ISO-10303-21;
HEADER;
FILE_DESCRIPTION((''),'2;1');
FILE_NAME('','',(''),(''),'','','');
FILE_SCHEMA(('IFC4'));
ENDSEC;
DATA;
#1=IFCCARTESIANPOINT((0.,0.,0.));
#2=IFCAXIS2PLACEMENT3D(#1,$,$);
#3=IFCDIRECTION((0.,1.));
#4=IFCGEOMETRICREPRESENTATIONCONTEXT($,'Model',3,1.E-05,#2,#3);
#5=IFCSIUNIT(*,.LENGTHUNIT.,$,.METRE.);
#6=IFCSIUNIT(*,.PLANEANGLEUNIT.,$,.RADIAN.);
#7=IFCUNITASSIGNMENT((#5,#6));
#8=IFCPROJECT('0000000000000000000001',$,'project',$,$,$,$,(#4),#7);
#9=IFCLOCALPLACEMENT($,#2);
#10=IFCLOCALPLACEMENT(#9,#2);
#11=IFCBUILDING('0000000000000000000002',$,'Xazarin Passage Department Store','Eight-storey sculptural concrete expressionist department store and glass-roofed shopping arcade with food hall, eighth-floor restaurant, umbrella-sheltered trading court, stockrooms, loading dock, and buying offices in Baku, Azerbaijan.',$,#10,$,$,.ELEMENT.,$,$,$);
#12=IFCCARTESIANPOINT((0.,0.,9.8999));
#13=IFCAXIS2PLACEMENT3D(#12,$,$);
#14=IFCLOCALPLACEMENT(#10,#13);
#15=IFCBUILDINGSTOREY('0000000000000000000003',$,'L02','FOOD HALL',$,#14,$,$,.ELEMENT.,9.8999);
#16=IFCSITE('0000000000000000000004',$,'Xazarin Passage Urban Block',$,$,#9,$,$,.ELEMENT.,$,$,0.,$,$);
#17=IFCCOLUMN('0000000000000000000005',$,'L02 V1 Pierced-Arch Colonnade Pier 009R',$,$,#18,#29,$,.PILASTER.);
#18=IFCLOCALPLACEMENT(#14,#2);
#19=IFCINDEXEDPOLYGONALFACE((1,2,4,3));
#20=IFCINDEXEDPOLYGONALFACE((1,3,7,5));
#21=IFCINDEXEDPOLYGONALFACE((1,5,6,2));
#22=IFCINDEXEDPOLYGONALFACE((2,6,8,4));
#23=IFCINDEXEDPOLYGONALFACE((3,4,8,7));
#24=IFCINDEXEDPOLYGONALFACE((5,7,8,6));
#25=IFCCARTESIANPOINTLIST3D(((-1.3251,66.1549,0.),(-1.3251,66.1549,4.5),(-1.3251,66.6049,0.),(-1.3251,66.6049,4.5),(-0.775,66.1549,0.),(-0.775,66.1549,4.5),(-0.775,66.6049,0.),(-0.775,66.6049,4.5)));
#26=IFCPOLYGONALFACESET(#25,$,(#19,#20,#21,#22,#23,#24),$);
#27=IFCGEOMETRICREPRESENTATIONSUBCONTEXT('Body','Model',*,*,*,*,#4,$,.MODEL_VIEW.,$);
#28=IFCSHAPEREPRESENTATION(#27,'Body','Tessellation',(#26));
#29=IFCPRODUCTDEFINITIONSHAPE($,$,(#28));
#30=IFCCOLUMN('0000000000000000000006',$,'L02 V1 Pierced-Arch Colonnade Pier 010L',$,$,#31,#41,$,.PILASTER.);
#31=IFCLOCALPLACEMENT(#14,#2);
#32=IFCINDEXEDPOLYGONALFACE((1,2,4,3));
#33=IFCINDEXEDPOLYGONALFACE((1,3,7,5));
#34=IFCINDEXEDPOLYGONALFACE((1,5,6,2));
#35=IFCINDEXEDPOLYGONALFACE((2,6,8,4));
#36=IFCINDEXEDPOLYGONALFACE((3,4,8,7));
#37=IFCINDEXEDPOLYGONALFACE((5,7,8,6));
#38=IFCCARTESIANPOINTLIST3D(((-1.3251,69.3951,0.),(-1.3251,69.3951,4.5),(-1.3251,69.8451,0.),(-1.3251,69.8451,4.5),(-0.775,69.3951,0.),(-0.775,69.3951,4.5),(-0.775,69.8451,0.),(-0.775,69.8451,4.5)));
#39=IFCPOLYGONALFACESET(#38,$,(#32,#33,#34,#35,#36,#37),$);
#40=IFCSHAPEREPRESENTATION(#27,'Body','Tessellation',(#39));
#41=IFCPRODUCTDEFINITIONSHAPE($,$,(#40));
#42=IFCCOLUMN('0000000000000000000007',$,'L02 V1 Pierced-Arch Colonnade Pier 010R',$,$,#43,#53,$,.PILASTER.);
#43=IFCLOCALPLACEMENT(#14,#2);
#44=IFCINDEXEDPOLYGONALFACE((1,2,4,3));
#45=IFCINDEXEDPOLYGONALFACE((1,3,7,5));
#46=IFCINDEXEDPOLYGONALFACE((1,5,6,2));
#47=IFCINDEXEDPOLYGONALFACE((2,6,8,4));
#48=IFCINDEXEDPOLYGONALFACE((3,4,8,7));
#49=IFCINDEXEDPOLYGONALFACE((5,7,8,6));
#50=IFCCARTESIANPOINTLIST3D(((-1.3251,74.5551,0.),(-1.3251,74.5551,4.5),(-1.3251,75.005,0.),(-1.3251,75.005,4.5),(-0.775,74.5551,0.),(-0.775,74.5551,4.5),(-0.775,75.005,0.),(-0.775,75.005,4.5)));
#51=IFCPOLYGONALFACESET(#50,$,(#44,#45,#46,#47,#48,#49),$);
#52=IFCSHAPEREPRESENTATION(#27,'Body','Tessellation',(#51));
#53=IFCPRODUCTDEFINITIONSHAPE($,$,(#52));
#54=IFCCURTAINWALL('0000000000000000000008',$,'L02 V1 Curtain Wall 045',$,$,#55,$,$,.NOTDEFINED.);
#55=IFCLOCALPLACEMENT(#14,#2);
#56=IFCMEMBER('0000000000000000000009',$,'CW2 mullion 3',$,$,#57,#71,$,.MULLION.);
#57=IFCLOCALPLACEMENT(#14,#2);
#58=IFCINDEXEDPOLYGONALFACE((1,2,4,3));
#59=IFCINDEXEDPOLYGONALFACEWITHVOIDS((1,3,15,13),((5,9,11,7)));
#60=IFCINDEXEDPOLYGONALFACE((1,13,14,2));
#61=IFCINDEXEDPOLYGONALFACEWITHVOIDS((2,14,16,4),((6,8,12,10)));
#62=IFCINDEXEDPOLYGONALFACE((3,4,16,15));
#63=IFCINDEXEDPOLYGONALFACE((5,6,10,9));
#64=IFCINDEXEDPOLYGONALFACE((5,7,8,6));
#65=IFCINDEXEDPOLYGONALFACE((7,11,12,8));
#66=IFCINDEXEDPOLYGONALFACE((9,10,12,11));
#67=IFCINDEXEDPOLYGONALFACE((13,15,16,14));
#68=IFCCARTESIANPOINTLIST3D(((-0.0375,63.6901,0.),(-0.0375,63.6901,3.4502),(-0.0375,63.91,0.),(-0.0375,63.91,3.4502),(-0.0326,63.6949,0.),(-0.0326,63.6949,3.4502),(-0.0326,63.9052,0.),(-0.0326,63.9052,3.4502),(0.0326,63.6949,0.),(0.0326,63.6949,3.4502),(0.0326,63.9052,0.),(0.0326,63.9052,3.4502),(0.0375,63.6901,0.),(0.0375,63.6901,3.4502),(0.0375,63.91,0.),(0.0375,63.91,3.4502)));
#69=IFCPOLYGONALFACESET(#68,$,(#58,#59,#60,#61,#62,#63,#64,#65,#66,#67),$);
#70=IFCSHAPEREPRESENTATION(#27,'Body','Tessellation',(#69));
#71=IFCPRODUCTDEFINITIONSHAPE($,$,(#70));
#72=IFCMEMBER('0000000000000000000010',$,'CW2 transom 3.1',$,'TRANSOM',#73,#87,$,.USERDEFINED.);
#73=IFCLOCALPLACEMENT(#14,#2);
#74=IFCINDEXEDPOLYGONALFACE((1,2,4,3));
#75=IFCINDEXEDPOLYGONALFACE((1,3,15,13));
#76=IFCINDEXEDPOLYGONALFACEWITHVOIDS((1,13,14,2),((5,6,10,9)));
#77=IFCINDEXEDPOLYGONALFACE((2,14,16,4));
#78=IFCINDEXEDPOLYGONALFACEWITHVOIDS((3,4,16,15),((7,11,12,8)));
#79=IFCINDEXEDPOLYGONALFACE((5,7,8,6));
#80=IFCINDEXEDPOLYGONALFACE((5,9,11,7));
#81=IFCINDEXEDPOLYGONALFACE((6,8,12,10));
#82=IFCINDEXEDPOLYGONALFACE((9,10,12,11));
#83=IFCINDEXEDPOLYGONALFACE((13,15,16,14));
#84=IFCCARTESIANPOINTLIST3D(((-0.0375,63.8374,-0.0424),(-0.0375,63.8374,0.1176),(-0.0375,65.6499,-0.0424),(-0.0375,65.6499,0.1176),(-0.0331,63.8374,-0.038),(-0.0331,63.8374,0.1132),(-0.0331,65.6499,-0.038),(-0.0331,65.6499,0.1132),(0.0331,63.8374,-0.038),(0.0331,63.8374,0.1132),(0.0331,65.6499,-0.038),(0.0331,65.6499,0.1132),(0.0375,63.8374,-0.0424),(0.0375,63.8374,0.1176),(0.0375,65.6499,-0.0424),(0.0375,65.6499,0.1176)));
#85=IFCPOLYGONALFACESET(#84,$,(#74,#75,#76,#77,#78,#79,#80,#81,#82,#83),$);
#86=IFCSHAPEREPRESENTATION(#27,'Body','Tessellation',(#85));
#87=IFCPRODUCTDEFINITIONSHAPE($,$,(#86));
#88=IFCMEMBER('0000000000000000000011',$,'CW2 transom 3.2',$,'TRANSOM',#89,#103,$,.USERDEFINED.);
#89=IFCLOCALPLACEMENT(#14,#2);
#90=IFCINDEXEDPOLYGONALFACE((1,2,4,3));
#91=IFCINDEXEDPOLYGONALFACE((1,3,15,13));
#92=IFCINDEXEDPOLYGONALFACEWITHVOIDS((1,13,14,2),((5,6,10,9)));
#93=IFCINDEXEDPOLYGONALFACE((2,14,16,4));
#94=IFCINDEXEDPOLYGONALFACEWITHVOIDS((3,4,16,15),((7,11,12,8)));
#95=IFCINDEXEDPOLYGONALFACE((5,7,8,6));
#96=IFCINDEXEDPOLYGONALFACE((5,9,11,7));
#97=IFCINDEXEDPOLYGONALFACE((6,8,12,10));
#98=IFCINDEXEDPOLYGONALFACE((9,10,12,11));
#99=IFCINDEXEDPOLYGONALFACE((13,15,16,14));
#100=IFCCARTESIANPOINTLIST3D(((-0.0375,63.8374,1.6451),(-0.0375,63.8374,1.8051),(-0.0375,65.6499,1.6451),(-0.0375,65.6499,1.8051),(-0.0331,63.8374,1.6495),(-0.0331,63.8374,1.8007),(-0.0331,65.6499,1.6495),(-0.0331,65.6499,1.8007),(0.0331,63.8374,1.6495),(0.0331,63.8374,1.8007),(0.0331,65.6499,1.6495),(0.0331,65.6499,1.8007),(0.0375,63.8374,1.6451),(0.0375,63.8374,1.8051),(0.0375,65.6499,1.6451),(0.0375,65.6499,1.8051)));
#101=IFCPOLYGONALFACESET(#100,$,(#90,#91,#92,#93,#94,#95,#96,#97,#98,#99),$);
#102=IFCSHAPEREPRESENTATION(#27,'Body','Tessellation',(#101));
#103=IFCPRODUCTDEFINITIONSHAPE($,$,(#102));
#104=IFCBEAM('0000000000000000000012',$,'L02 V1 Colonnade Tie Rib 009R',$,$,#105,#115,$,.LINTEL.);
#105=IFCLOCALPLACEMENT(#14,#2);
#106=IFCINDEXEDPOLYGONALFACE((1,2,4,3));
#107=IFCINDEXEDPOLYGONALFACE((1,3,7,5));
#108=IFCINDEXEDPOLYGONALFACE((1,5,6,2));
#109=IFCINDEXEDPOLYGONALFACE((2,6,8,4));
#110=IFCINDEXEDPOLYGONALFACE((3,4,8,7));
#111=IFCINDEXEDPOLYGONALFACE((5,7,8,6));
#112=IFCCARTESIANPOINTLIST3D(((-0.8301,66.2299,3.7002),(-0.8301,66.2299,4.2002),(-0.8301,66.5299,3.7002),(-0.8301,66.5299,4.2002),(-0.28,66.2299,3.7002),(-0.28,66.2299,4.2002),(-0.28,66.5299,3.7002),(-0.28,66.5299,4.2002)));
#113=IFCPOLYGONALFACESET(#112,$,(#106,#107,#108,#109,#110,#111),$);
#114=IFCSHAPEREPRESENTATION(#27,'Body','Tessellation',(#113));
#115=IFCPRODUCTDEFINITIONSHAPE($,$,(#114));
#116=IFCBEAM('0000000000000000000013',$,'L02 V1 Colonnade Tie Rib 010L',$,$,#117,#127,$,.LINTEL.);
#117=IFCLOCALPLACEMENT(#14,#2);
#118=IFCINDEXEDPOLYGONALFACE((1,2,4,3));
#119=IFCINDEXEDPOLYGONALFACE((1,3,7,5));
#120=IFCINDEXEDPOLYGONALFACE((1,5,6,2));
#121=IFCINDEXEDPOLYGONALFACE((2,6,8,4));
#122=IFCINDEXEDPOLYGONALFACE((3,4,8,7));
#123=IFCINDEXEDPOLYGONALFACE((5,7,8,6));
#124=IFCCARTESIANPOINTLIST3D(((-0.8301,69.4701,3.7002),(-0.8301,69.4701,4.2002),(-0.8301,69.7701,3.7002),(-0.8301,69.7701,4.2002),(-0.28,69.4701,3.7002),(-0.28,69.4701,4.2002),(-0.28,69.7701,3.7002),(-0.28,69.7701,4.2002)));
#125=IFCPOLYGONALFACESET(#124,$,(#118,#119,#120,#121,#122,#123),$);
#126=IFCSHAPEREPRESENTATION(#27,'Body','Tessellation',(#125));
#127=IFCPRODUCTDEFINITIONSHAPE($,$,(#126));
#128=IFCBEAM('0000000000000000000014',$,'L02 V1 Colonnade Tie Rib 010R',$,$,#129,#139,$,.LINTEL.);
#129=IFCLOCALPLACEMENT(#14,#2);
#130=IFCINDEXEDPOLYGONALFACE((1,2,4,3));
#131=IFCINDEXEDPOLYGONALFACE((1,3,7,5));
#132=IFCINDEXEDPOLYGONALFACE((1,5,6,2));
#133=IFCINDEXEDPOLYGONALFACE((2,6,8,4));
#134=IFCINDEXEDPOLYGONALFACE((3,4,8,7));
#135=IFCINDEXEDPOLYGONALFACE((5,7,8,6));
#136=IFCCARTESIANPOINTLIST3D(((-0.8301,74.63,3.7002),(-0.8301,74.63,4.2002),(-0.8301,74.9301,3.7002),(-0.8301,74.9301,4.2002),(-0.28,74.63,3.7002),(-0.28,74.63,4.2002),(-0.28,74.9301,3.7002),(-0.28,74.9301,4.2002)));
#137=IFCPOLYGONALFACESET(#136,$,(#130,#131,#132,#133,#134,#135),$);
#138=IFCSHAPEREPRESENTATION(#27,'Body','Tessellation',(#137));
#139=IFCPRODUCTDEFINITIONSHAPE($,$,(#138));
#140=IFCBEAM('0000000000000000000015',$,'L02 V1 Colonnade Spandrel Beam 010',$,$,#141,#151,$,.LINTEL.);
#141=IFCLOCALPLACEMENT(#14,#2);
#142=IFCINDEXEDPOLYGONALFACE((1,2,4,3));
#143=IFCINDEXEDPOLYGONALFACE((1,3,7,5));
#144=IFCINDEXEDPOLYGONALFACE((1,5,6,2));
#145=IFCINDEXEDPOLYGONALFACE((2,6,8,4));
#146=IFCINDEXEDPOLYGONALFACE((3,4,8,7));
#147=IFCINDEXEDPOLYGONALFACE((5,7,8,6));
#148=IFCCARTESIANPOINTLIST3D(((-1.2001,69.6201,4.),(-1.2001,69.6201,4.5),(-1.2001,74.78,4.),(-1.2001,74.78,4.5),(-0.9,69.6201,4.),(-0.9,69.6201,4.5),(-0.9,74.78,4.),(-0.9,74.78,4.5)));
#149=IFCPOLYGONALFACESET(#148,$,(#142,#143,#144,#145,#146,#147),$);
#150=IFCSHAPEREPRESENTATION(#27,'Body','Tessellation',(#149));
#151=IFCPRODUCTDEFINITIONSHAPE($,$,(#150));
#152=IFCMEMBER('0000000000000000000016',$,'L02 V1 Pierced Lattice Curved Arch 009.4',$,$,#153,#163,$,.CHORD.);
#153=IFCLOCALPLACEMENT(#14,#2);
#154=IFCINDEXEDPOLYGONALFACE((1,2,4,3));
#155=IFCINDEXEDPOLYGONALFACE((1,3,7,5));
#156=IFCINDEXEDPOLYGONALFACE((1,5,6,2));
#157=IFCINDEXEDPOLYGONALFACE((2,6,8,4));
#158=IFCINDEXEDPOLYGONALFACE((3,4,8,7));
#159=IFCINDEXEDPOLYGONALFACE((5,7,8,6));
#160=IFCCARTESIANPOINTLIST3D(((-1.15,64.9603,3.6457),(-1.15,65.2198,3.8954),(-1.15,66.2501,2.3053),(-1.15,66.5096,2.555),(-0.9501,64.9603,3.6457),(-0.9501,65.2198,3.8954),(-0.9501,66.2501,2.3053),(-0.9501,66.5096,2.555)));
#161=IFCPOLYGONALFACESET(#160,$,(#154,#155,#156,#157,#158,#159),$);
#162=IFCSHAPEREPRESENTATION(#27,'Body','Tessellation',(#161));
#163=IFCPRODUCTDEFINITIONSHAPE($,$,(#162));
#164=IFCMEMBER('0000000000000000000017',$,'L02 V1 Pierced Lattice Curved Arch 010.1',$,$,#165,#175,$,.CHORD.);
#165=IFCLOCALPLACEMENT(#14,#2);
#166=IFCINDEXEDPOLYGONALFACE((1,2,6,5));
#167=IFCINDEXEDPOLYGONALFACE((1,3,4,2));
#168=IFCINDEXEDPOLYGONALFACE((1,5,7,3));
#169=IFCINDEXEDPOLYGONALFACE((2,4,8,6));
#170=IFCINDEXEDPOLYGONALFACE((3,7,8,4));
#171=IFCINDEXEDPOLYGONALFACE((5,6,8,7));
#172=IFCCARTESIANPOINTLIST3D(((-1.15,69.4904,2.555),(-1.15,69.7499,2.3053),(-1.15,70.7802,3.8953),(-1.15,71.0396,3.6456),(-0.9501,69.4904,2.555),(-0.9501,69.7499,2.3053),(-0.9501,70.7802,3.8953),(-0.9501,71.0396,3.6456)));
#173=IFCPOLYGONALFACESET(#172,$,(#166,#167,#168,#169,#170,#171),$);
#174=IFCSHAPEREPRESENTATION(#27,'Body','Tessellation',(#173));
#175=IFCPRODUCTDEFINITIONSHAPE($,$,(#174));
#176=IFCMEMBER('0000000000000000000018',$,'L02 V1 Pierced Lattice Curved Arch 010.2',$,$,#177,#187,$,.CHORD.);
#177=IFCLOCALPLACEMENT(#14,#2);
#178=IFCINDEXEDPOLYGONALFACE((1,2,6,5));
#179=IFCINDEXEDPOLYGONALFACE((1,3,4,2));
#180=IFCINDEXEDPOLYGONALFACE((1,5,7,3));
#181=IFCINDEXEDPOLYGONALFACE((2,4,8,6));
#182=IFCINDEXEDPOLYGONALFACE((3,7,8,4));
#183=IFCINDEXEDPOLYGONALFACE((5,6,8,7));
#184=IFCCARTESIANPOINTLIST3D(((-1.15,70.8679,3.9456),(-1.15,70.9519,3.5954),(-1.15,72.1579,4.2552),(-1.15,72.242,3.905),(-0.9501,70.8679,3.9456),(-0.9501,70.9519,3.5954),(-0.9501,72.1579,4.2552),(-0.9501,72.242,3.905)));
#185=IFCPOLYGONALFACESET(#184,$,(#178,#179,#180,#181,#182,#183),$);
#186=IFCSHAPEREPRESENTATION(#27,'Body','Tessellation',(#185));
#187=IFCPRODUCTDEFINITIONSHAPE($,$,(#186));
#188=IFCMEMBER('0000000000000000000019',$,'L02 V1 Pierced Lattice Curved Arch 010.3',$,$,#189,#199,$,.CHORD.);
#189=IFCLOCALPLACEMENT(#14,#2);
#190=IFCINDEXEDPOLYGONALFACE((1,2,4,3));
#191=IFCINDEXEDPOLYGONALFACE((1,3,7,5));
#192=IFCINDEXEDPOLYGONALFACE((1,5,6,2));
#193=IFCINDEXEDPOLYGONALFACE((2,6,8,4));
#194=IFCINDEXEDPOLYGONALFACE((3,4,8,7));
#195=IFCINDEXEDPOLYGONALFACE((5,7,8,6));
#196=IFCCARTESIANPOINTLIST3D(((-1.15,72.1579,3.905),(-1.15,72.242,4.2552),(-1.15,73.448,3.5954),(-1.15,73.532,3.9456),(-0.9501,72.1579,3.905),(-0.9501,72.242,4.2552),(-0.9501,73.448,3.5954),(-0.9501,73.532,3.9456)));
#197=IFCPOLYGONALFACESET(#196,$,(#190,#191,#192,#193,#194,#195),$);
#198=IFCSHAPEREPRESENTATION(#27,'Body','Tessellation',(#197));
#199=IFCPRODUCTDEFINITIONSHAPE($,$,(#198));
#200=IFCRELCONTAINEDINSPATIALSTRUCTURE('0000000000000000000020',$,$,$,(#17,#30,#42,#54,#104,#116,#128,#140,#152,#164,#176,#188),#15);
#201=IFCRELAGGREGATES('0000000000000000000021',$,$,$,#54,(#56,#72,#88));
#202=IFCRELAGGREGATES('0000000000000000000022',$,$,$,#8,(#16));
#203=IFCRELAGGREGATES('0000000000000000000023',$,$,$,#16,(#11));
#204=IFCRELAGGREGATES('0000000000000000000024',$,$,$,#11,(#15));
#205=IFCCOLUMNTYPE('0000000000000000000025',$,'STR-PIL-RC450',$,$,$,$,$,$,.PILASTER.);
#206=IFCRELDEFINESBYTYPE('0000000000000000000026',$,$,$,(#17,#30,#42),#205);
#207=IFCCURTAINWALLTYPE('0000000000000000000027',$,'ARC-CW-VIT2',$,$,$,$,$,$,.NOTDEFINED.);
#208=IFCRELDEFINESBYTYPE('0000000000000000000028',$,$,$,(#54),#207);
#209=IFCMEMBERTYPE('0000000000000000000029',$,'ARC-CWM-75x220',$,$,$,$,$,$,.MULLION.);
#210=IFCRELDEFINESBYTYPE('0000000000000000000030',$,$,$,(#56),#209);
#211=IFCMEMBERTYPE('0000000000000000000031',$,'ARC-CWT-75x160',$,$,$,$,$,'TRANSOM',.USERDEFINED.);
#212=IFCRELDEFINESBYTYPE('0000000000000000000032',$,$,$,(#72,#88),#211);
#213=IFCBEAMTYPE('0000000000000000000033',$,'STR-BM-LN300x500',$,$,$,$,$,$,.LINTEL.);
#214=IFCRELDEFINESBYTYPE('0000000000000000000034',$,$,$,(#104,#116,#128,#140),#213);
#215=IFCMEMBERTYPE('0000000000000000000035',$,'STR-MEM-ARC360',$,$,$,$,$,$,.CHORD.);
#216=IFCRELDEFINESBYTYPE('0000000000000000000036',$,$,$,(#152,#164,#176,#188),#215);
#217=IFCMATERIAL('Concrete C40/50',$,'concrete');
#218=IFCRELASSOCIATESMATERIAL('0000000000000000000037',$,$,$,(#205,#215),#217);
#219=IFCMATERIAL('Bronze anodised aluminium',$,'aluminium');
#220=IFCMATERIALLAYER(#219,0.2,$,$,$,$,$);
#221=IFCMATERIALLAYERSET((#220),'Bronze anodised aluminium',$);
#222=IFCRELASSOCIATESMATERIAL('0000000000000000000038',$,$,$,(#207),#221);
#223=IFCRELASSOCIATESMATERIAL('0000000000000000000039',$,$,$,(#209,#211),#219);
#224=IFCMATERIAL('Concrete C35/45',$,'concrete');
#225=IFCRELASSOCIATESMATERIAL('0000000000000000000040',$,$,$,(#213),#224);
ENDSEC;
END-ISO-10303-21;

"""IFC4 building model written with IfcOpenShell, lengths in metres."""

from ifc_helpers import new_model, si_unit, direction, frame, origin, origin_2d, place, context, subcontext, project, spatial, rectangle, hollow_rectangle, extrude, material, layer, layer_set, material_profile, profile_set, type_object, element, aggregate, save


model = new_model("IFC4")

# Units and contexts
model_context = context("Model", 3, precision=1e-05, world=origin(), true_north=direction((0.0, 1.0)))
body_context = subcontext(model_context, "Body", "Model", "MODEL_VIEW")
ifc_project = project(units=[si_unit("LENGTHUNIT", "METRE"), si_unit("PLANEANGLEUNIT", "RADIAN")], contexts=[model_context])

# Site, building, storey
site_placement = place(None, origin())
site = spatial("IfcSite", under=ifc_project, at=site_placement, Name="Xazarin Passage Urban Block", CompositionType="ELEMENT", RefElevation=0.0)
building_placement = place(site_placement, origin())
building = spatial("IfcBuilding", under=site, at=building_placement, Name="Xazarin Passage Department Store", Description="Eight-storey sculptural concrete expressionist department store and glass-roofed shopping arcade with food hall, eighth-floor restaurant, umbrella-sheltered trading court, stockrooms, loading dock, and buying offices in Baku, Azerbaijan.", CompositionType="ELEMENT")
storey_placement = place(building_placement, frame((0.0, 0.0, 9.8999)))
storey = spatial("IfcBuildingStorey", under=building, at=storey_placement, Name="L02", Description="FOOD HALL", CompositionType="ELEMENT", Elevation=9.8999)

# Columns
ifc_material_1 = material(Name="Concrete C40/50", Category="concrete")
ifc_material_profile_1 = material_profile(ifc_material_1, rectangle(XDim=0.45, YDim=0.55, at=origin_2d()), Name="RC 450x550")
ifc_profile_set_1 = profile_set([ifc_material_profile_1], Name="Concrete C40/50")
column_type = type_object("IfcColumnType", Name="STR-PIL-RC450", PredefinedType="PILASTER", material=ifc_profile_set_1)
for number, where, z_axis, x_axis, name in (
    (1, (-1.05, 66.3799, 0.0), (0.0, 0.0, 1.0), (0.0, 1.0, 0.0), "L02 V1 Pierced-Arch Colonnade Pier 009R"),
    (2, (-1.05, 69.6201, 0.0), (0.0, 0.0, 1.0), (0.0, 1.0, 0.0), "L02 V1 Pierced-Arch Colonnade Pier 010L"),
    (3, (-1.05, 74.78, 0.0), (0.0, 0.0, 1.0), (0.0, 1.0, 0.0), "L02 V1 Pierced-Arch Colonnade Pier 010R"),
):
    element("IfcColumn", number, at=place(storey_placement, frame(where, z_axis=z_axis, x_axis=x_axis)), inside=storey, type_object=column_type, Name=name, PredefinedType="PILASTER", context=body_context, shape_type="SweptSolid", body=[
        extrude(rectangle(XDim=0.45, YDim=0.55, at=origin_2d()), origin(), (0.0, 0.0, 1.0), 4.5),
    ])

# Curtain wall, members
ifc_material_2 = material(Name="Bronze anodised aluminium", Category="aluminium")
ifc_layer_1 = layer(ifc_material_2, 0.2)
ifc_layer_set_1 = layer_set([ifc_layer_1], Name="Bronze anodised aluminium")
curtain_wall_type = type_object("IfcCurtainWallType", Name="ARC-CW-VIT2", PredefinedType="NOTDEFINED", material=ifc_layer_set_1)
curtain_wall_placement = place(storey_placement, origin())
curtain_wall = element("IfcCurtainWall", 4, at=curtain_wall_placement, inside=storey, type_object=curtain_wall_type, Name="L02 V1 Curtain Wall 045", PredefinedType="NOTDEFINED")
ifc_material_profile_2 = material_profile(ifc_material_2, hollow_rectangle(XDim=0.075, YDim=0.22, WallThickness=0.0049, at=origin_2d()), Name="ALU 75x220")
ifc_profile_set_2 = profile_set([ifc_material_profile_2], Name="Bronze anodised aluminium")
member_type_1 = type_object("IfcMemberType", Name="ARC-CWM-75x220", PredefinedType="MULLION", material=ifc_profile_set_2)
member_1_placement = place(storey_placement, frame((0.0, 63.8, 0.0), z_axis=(0.0, 0.0, 1.0), x_axis=(-1.0, 0.0, 0.0)))
member_1 = element("IfcMember", 5, at=member_1_placement, type_object=member_type_1, Name="CW2 mullion 3", PredefinedType="MULLION", context=body_context, shape_type="SweptSolid", body=[
    extrude(hollow_rectangle(XDim=0.075, YDim=0.22, WallThickness=0.0049, at=origin_2d()), origin(), (0.0, 0.0, 1.0), 3.4502),
])
ifc_material_profile_3 = material_profile(ifc_material_2, hollow_rectangle(XDim=0.075, YDim=0.1599, WallThickness=0.0044, at=origin_2d()), Name="ALU 75x160")
ifc_profile_set_3 = profile_set([ifc_material_profile_3], Name="Bronze anodised aluminium")
member_type_2 = type_object("IfcMemberType", Name="ARC-CWT-75x160", ElementType="TRANSOM", PredefinedType="USERDEFINED", material=ifc_profile_set_3)
member_2_placement = place(storey_placement, frame((0.0, 63.8374, 0.0376), z_axis=(0.0, 1.0, 0.0), x_axis=(-1.0, 0.0, 0.0)))
member_2 = element("IfcMember", 6, at=member_2_placement, type_object=member_type_2, Name="CW2 transom 3.1", ObjectType="TRANSOM", PredefinedType="USERDEFINED", context=body_context, shape_type="SweptSolid", body=[
    extrude(hollow_rectangle(XDim=0.075, YDim=0.1599, WallThickness=0.0044, at=origin_2d()), origin(), (0.0, 0.0, 1.0), 1.8125),
])
member_3_placement = place(storey_placement, frame((0.0, 63.8374, 1.7251), z_axis=(0.0, 1.0, 0.0), x_axis=(-1.0, 0.0, 0.0)))
member_3 = element("IfcMember", 7, at=member_3_placement, type_object=member_type_2, Name="CW2 transom 3.2", ObjectType="TRANSOM", PredefinedType="USERDEFINED", context=body_context, shape_type="SweptSolid", body=[
    extrude(hollow_rectangle(XDim=0.075, YDim=0.1599, WallThickness=0.0044, at=origin_2d()), origin(), (0.0, 0.0, 1.0), 1.8125),
])
aggregate(curtain_wall, [member_1, member_2, member_3])

# Beams
ifc_material_3 = material(Name="Concrete C35/45", Category="concrete")
ifc_material_profile_4 = material_profile(ifc_material_3, rectangle(XDim=0.3, YDim=0.5, at=origin_2d()), Name="RC 300x500")
ifc_profile_set_4 = profile_set([ifc_material_profile_4], Name="Concrete C35/45")
beam_type = type_object("IfcBeamType", Name="STR-BM-LN300x500", PredefinedType="LINTEL", material=ifc_profile_set_4)
for number, where, z_axis, x_axis, name in (
    (8, (-0.28, 66.3799, 3.9502), (-1.0, 0.0, 0.0), (0.0, -1.0, 0.0), "L02 V1 Colonnade Tie Rib 009R"),
    (9, (-0.28, 69.6201, 3.9502), (-1.0, 0.0, 0.0), (0.0, -1.0, 0.0), "L02 V1 Colonnade Tie Rib 010L"),
    (10, (-0.28, 74.78, 3.9502), (-1.0, 0.0, 0.0), (0.0, -1.0, 0.0), "L02 V1 Colonnade Tie Rib 010R"),
):
    element("IfcBeam", number, at=place(storey_placement, frame(where, z_axis=z_axis, x_axis=x_axis)), inside=storey, type_object=beam_type, Name=name, PredefinedType="LINTEL", context=body_context, shape_type="SweptSolid", body=[
        extrude(rectangle(XDim=0.3, YDim=0.5, at=origin_2d()), origin(), (0.0, 0.0, 1.0), 0.55),
    ])
beam_placement = place(storey_placement, frame((-1.05, 69.6201, 4.25), z_axis=(0.0, 1.0, 0.0), x_axis=(-1.0, 0.0, 0.0)))
element("IfcBeam", 11, at=beam_placement, inside=storey, type_object=beam_type, Name="L02 V1 Colonnade Spandrel Beam 010", PredefinedType="LINTEL", context=body_context, shape_type="SweptSolid", body=[
    extrude(rectangle(XDim=0.3, YDim=0.5, at=origin_2d()), origin(), (0.0, 0.0, 1.0), 5.1599),
])

# Members
ifc_material_profile_5 = material_profile(ifc_material_1, rectangle(XDim=0.2, YDim=0.3601, at=origin_2d()), Name="RC 200x360")
ifc_profile_set_5 = profile_set([ifc_material_profile_5], Name="Concrete C40/50")
member_type_3 = type_object("IfcMemberType", Name="STR-MEM-ARC360", PredefinedType="CHORD", material=ifc_profile_set_5)
for number, where, z_axis, x_axis, name in (
    (12, (-1.05, 65.0901, 3.7705), (0.0, 0.693392, -0.720561), (-1.0, 0.0, 0.0), "L02 V1 Pierced Lattice Curved Arch 009.4"),
    (13, (-1.05, 69.6201, 2.4302), (0.0, 0.693392, 0.720561), (-1.0, 0.0, 0.0), "L02 V1 Pierced Lattice Curved Arch 010.1"),
):
    element("IfcMember", number, at=place(storey_placement, frame(where, z_axis=z_axis, x_axis=x_axis)), inside=storey, type_object=member_type_3, Name=name, PredefinedType="CHORD", context=body_context, shape_type="SweptSolid", body=[
        extrude(rectangle(XDim=0.2, YDim=0.3601, at=origin_2d()), origin(), (0.0, 0.0, 1.0), 1.8601),
    ])
for number, where, z_axis, x_axis, name in (
    (14, (-1.05, 70.9099, 3.7705), (0.0, 0.972394, 0.233345), (-1.0, 0.0, 0.0), "L02 V1 Pierced Lattice Curved Arch 010.2"),
    (15, (-1.05, 72.2, 4.0801), (0.0, 0.972394, -0.233345), (-1.0, 0.0, 0.0), "L02 V1 Pierced Lattice Curved Arch 010.3"),
):
    element("IfcMember", number, at=place(storey_placement, frame(where, z_axis=z_axis, x_axis=x_axis)), inside=storey, type_object=member_type_3, Name=name, PredefinedType="CHORD", context=body_context, shape_type="SweptSolid", body=[
        extrude(rectangle(XDim=0.2, YDim=0.3601, at=origin_2d()), origin(), (0.0, 0.0, 1.0), 1.3267),
    ])

save(model, "model.ifc")
